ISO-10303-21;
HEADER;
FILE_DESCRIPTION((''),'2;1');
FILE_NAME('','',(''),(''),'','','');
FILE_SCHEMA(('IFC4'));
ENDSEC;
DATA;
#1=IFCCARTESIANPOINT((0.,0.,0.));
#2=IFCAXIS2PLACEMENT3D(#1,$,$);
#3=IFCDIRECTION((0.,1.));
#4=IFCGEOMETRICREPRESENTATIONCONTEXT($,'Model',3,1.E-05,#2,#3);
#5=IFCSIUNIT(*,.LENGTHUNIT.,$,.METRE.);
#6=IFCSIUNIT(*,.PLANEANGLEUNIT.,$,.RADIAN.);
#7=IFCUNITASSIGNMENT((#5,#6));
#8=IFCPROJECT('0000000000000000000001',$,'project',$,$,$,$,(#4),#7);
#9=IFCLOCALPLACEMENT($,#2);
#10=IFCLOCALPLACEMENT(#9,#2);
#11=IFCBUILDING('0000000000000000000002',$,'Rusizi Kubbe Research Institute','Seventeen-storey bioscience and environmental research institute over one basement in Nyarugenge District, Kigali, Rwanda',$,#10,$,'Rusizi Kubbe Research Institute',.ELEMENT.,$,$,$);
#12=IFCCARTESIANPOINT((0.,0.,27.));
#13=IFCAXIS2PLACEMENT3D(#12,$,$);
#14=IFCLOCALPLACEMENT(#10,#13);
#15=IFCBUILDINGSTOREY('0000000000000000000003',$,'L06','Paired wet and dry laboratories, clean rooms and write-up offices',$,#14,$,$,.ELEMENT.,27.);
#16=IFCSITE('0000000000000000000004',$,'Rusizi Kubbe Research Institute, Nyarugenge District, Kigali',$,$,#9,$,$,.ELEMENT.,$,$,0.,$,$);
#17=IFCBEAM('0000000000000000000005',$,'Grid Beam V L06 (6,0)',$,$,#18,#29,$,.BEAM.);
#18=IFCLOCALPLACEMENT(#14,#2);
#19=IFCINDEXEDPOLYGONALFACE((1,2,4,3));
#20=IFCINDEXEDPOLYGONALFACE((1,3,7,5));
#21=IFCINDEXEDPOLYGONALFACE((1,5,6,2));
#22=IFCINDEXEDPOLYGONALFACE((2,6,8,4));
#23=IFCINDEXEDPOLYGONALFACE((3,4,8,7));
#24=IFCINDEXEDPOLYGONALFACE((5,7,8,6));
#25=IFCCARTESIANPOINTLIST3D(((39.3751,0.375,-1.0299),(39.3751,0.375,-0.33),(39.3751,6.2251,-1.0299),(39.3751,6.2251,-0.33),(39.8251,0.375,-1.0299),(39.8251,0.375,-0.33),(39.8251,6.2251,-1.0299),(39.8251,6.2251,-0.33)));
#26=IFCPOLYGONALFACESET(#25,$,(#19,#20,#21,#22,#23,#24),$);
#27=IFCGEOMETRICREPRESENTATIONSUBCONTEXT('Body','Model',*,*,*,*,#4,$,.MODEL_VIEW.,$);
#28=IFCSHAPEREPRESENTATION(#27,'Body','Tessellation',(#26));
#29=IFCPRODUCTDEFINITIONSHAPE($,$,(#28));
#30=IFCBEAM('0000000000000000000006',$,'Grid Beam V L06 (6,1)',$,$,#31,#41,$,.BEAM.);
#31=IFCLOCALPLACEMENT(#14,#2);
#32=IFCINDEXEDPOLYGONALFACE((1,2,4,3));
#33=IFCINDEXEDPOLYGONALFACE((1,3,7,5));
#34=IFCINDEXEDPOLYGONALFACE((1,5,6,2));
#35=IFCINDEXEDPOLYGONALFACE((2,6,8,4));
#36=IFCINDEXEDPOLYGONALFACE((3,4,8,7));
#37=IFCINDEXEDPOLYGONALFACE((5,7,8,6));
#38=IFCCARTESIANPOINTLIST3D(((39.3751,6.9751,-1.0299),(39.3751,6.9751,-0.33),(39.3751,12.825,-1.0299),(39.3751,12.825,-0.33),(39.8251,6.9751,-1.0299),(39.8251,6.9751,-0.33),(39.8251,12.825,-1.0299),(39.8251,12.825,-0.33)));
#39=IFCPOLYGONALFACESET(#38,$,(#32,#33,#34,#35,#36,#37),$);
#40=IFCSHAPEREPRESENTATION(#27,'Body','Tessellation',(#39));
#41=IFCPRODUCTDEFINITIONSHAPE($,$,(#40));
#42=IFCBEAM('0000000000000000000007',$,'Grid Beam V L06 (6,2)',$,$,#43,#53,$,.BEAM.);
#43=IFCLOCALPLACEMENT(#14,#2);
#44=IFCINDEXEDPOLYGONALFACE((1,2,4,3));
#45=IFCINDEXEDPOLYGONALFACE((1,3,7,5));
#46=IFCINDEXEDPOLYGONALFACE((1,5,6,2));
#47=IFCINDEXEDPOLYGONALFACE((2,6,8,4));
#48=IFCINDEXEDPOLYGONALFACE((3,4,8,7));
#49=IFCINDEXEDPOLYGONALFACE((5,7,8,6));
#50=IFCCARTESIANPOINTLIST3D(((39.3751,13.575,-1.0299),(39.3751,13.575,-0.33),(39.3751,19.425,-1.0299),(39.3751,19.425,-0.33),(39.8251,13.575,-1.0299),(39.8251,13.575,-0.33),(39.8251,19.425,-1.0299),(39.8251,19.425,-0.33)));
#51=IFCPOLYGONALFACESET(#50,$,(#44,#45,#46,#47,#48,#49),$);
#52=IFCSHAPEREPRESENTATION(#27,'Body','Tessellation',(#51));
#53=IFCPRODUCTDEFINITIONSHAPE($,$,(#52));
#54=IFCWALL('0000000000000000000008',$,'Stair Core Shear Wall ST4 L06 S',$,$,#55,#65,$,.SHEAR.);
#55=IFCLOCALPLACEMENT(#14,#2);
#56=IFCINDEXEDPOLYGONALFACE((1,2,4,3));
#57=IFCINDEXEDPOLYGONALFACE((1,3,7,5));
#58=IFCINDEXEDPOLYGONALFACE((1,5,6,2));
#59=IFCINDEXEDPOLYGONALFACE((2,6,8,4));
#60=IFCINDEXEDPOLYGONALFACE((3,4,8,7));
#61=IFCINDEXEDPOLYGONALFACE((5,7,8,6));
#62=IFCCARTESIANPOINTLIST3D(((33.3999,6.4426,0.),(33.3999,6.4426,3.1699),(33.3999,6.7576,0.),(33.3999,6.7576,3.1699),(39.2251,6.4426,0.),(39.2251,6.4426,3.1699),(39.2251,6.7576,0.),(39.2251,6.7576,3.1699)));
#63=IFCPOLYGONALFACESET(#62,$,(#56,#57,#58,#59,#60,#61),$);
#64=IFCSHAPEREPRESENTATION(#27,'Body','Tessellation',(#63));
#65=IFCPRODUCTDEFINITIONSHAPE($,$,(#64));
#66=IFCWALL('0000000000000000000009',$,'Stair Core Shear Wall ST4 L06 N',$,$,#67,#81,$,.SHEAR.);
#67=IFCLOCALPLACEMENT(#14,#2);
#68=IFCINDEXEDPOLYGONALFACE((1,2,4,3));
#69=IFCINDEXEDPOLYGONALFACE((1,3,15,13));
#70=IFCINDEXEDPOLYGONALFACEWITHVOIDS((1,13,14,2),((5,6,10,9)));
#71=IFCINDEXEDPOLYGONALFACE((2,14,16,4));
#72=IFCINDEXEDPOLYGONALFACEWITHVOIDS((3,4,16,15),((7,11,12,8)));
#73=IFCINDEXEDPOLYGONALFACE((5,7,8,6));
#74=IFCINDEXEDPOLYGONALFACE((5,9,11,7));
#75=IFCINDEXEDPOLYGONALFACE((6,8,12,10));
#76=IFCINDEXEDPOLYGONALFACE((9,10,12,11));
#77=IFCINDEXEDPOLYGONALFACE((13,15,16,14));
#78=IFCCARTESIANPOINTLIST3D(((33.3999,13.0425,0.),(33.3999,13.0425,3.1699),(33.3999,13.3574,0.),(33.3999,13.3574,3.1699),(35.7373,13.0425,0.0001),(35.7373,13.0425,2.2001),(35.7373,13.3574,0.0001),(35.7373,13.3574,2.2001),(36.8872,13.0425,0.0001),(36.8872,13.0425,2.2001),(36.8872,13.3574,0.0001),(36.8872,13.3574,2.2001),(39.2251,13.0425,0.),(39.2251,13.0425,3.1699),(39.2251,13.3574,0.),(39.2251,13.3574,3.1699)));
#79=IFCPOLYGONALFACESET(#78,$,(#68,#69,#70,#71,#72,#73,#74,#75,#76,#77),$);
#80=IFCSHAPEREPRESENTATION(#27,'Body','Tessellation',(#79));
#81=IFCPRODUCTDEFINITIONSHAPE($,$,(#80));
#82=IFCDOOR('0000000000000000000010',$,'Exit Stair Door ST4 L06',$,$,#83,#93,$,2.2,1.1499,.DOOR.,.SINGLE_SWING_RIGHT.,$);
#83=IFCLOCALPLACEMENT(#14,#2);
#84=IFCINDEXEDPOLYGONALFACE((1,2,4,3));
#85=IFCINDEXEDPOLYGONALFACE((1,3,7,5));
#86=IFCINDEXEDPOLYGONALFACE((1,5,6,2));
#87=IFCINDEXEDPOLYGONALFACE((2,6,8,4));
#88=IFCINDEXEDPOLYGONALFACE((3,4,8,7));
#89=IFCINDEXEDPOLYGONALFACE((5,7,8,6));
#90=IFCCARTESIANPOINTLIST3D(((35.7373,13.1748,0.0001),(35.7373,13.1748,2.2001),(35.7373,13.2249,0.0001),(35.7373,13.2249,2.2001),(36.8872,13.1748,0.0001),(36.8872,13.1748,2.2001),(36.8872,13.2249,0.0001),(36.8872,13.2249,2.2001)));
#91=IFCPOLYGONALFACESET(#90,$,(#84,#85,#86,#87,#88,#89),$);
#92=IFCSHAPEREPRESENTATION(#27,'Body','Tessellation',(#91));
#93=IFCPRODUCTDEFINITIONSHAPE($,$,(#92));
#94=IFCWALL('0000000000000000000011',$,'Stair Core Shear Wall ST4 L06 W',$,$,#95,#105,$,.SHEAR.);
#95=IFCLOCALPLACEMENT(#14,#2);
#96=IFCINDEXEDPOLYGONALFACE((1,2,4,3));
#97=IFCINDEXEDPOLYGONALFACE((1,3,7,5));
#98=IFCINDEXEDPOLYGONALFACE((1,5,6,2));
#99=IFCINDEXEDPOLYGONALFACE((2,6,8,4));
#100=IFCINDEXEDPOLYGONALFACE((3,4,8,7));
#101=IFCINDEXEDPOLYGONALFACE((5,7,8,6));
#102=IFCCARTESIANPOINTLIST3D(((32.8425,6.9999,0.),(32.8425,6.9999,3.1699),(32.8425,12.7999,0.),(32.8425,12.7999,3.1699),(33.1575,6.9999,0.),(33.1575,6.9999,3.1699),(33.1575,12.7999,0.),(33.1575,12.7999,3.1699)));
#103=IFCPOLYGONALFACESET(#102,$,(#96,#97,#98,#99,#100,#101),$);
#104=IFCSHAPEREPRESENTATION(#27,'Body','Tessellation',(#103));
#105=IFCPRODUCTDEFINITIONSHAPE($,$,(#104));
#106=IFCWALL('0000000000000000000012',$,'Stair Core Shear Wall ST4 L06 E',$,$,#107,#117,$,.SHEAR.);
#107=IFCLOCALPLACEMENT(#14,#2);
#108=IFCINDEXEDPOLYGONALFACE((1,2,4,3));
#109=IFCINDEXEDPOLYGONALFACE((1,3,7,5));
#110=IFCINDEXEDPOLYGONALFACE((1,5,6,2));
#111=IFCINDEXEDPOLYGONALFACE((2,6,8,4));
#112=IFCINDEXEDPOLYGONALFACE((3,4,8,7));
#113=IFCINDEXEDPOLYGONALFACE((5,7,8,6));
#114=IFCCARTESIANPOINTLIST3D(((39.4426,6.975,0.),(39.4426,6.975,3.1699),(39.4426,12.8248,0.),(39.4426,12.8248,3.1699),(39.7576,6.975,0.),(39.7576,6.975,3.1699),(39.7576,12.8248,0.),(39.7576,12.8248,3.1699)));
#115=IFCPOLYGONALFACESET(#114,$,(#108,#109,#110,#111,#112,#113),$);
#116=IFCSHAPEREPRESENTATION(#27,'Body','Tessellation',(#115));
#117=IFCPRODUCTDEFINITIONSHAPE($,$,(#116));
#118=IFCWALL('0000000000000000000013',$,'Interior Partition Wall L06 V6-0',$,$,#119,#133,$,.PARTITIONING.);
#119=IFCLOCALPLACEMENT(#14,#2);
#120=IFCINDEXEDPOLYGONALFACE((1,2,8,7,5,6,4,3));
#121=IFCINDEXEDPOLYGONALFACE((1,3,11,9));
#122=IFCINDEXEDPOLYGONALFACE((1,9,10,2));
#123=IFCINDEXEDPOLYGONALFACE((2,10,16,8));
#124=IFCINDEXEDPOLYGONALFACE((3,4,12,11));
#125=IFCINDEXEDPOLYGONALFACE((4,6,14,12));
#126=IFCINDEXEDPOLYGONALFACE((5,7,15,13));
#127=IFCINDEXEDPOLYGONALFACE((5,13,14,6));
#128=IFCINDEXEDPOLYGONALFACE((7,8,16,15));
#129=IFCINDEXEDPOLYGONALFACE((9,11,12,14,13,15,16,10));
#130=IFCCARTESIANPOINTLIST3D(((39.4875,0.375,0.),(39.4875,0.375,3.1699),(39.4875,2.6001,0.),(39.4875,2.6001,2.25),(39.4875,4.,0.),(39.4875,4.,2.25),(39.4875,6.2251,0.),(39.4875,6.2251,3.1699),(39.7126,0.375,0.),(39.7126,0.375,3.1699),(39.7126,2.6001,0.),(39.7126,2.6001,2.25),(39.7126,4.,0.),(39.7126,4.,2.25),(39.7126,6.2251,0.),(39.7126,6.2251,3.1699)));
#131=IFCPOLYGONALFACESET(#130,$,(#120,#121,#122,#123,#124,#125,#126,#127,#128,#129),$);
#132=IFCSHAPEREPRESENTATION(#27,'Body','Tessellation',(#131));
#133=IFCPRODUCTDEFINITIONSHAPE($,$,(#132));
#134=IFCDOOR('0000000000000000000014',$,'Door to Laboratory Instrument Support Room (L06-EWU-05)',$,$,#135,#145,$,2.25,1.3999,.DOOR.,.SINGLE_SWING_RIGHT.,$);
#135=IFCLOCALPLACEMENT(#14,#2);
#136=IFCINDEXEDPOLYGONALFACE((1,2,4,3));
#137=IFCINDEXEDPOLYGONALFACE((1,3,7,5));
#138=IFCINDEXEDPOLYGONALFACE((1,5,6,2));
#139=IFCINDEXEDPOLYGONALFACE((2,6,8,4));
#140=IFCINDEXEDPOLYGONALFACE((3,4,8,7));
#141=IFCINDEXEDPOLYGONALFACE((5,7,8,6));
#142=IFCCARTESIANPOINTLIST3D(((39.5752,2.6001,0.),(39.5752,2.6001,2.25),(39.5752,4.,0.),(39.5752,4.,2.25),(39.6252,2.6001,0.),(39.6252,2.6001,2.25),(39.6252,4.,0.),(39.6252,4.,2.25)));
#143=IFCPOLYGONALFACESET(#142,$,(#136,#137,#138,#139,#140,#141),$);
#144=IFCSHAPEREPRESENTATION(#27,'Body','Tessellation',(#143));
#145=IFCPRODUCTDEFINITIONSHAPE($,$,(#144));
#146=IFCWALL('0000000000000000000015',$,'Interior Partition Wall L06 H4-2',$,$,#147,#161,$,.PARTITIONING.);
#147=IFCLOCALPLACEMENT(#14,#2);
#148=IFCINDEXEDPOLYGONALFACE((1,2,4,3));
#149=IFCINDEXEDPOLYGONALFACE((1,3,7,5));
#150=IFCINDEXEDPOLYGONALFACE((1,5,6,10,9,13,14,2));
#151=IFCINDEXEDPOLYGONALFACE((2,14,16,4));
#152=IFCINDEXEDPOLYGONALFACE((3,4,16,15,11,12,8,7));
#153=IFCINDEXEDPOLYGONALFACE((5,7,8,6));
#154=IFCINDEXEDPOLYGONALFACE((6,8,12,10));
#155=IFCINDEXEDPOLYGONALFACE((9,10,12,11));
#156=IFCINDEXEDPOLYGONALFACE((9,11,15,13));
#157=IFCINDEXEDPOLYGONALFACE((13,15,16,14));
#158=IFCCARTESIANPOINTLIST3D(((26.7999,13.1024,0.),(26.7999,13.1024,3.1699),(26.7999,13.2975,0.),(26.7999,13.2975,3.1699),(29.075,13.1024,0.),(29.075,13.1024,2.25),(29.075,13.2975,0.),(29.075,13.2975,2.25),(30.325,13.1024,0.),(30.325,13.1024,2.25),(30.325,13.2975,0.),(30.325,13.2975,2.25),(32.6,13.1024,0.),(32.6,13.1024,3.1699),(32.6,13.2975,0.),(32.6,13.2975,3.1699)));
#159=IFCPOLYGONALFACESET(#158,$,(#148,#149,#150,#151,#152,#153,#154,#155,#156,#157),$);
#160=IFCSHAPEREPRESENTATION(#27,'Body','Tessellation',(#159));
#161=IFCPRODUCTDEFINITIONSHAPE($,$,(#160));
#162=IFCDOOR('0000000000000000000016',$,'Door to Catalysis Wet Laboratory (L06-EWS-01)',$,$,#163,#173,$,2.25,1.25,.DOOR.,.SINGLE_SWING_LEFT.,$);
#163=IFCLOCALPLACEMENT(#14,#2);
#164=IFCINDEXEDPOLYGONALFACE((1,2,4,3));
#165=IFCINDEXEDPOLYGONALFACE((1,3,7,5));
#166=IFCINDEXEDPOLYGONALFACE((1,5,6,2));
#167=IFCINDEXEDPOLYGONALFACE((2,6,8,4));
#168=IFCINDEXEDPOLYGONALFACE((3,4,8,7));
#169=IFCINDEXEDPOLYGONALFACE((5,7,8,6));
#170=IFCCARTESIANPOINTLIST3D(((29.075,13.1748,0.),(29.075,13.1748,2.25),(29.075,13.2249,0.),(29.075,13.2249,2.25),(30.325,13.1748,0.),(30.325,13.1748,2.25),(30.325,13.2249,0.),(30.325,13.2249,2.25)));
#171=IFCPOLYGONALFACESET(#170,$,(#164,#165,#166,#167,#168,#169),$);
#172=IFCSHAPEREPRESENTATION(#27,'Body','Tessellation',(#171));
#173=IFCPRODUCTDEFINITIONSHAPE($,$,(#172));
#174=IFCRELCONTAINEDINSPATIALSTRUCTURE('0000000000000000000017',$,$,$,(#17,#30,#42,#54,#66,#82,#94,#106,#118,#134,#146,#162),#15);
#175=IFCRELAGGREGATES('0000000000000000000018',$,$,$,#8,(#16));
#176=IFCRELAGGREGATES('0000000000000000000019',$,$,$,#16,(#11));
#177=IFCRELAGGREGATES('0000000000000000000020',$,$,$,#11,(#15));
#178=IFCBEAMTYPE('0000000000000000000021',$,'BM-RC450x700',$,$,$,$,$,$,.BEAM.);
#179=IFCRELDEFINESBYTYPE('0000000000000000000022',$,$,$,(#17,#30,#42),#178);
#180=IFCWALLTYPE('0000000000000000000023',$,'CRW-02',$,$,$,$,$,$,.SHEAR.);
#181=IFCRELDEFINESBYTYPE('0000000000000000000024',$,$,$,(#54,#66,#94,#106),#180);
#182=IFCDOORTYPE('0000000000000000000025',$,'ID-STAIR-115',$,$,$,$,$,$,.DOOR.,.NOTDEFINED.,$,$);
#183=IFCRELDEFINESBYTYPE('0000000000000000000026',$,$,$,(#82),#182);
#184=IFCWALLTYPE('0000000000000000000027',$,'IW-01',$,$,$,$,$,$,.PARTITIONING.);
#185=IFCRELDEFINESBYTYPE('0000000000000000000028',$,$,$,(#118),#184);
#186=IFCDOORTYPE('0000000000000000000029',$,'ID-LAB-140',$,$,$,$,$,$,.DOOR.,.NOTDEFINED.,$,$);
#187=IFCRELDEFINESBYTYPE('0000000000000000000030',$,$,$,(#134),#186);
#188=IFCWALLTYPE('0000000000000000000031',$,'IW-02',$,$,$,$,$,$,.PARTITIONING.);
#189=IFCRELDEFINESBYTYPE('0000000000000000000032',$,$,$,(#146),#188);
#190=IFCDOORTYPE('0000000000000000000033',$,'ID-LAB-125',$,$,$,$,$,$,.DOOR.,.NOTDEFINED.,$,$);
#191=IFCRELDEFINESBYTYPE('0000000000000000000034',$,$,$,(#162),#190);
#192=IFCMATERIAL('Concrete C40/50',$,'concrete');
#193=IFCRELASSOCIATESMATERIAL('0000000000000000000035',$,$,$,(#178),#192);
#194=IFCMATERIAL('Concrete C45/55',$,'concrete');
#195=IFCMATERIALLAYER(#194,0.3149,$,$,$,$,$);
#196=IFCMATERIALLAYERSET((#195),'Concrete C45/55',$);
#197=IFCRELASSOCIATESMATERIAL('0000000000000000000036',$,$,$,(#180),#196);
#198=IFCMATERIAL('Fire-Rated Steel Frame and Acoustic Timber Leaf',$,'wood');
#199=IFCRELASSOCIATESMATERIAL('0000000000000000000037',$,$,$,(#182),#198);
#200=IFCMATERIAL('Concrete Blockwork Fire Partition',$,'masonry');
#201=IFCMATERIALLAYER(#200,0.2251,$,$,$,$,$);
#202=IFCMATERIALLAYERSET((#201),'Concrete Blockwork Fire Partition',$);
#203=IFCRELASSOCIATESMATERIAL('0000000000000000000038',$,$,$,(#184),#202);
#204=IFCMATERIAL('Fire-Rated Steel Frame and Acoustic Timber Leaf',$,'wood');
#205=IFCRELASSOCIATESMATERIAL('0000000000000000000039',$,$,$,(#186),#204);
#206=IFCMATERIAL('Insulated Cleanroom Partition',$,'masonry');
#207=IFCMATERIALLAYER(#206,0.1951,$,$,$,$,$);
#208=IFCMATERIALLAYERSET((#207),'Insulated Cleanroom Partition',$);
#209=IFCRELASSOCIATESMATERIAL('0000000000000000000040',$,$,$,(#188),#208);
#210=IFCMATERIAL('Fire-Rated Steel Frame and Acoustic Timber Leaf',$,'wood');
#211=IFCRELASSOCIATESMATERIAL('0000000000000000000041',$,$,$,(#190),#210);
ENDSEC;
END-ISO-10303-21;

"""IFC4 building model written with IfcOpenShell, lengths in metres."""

from ifc_helpers import new_model, si_unit, direction, frame, frame_2d, origin, origin_2d, place, context, subcontext, project, spatial, rectangle, extrude, material, layer, layer_set, material_profile, profile_set, type_object, element, fill, save


model = new_model("IFC4")

# Units and contexts
model_context = context("Model", 3, precision=1e-05, world=origin(), true_north=direction((0.0, 1.0)))
body_context = subcontext(model_context, "Body", "Model", "MODEL_VIEW")
ifc_project = project(units=[si_unit("LENGTHUNIT", "METRE"), si_unit("PLANEANGLEUNIT", "RADIAN")], contexts=[model_context])

# Site, building, storey
site_placement = place(None, origin())
site = spatial("IfcSite", under=ifc_project, at=site_placement, Name="Rusizi Kubbe Research Institute, Nyarugenge District, Kigali", CompositionType="ELEMENT", RefElevation=0.0)
building_placement = place(site_placement, origin())
building = spatial("IfcBuilding", under=site, at=building_placement, Name="Rusizi Kubbe Research Institute", Description="Seventeen-storey bioscience and environmental research institute over one basement in Nyarugenge District, Kigali, Rwanda", LongName="Rusizi Kubbe Research Institute", CompositionType="ELEMENT")
storey_placement = place(building_placement, frame((0.0, 0.0, 27.0)))
storey = spatial("IfcBuildingStorey", under=building, at=storey_placement, Name="L06", Description="Paired wet and dry laboratories, clean rooms and write-up offices", CompositionType="ELEMENT", Elevation=27.0)

# Beams
ifc_material_1 = material(Name="Concrete C40/50", Category="concrete")
ifc_material_profile_1 = material_profile(ifc_material_1, rectangle(XDim=0.45, YDim=0.7, at=origin_2d()), Name="RC450x700B")
ifc_profile_set_1 = profile_set([ifc_material_profile_1], Name="Concrete C40/50")
beam_type_1 = type_object("IfcBeamType", Name="BM-RC450x700", PredefinedType="BEAM", material=ifc_profile_set_1)
beam_1_placement = place(storey_placement, frame((39.6001, 0.375, -0.6799), z_axis=(0.0, 1.0, 0.0), x_axis=(-1.0, 0.0, 0.0)))
element("IfcBeam", 1, at=beam_1_placement, inside=storey, type_object=beam_type_1, Name="Grid Beam V L06 (6,0)", PredefinedType="BEAM", context=body_context, shape_type="SweptSolid", body=[
    extrude(rectangle(XDim=0.45, YDim=0.7, at=origin_2d()), origin(), (0.0, 0.0, 1.0), 5.8501),
])
beam_2_placement = place(storey_placement, frame((39.6001, 6.9751, -0.6799), z_axis=(0.0, 1.0, 0.0), x_axis=(-1.0, 0.0, 0.0)))
element("IfcBeam", 2, at=beam_2_placement, inside=storey, type_object=beam_type_1, Name="Grid Beam V L06 (6,1)", PredefinedType="BEAM", context=body_context, shape_type="SweptSolid", body=[
    extrude(rectangle(XDim=0.45, YDim=0.7, at=origin_2d()), origin(), (0.0, 0.0, 1.0), 5.8499),
])
beam_3_placement = place(storey_placement, frame((39.6001, 13.575, -0.6799), z_axis=(0.0, 1.0, 0.0), x_axis=(-1.0, 0.0, 0.0)))
element("IfcBeam", 3, at=beam_3_placement, inside=storey, type_object=beam_type_1, Name="Grid Beam V L06 (6,2)", PredefinedType="BEAM", context=body_context, shape_type="SweptSolid", body=[
    extrude(rectangle(XDim=0.45, YDim=0.7, at=origin_2d()), origin(), (0.0, 0.0, 1.0), 5.8501),
])

# Wall
ifc_material_2 = material(Name="Concrete C45/55", Category="concrete")
ifc_layer_1 = layer(ifc_material_2, 0.3149)
ifc_layer_set_1 = layer_set([ifc_layer_1], Name="Concrete C45/55")
wall_type_1 = type_object("IfcWallType", Name="CRW-02", PredefinedType="SHEAR", material=ifc_layer_set_1)
wall_1_placement = place(storey_placement, frame((33.3999, 6.6001, 0.0), z_axis=(0.0, 0.0, 1.0), x_axis=(1.0, 0.0, 0.0)))
element("IfcWall", 4, at=wall_1_placement, inside=storey, type_object=wall_type_1, Name="Stair Core Shear Wall ST4 L06 S", PredefinedType="SHEAR", context=body_context, shape_type="SweptSolid", body=[
    extrude(rectangle(XDim=5.8252, YDim=0.3149, at=frame_2d((2.9126, 0.0))), origin(), (0.0, 0.0, 1.0), 3.1699),
])

# Wall, opening, door
wall_2_placement = place(storey_placement, frame((33.3999, 13.2, 0.0), z_axis=(0.0, 0.0, 1.0), x_axis=(1.0, 0.0, 0.0)))
wall_2 = element("IfcWall", 5, at=wall_2_placement, inside=storey, type_object=wall_type_1, Name="Stair Core Shear Wall ST4 L06 N", PredefinedType="SHEAR", context=body_context, shape_type="SweptSolid", body=[
    extrude(rectangle(XDim=5.8252, YDim=0.3149, at=frame_2d((2.9126, 0.0))), origin(), (0.0, 0.0, 1.0), 3.1699),
])
opening_1_placement = place(wall_2_placement, frame((2.3374, 0.0, 0.0)))
opening_1 = element("IfcOpeningElement", 6, at=opening_1_placement, cuts=wall_2, PredefinedType="OPENING", context=body_context, shape_type="SweptSolid", body=[
    extrude(rectangle(XDim=1.1499, YDim=2.2, at=frame_2d((0.575, 1.1001))), frame((0.0, 0.1675, 0.0), z_axis=(0.0, -1.0, 0.0), x_axis=(1.0, 0.0, 0.0)), (0.0, 0.0, 1.0), 0.335),
])
ifc_material_3 = material(Name="Fire-Rated Steel Frame and Acoustic Timber Leaf", Category="wood")
door_type_1 = type_object("IfcDoorType", Name="ID-STAIR-115", OperationType="NOTDEFINED", PredefinedType="DOOR", material=ifc_material_3)
door_1_placement = place(opening_1_placement, origin())
door_1 = element("IfcDoor", 7, at=door_1_placement, inside=storey, type_object=door_type_1, Name="Exit Stair Door ST4 L06", OperationType="SINGLE_SWING_RIGHT", OverallHeight=2.2, OverallWidth=1.1499, PredefinedType="DOOR", context=body_context, shape_type="SweptSolid", body=[
    extrude(rectangle(XDim=1.1499, YDim=2.2, at=frame_2d((0.575, 1.1001))), frame((0.0, 0.0249, 0.0), z_axis=(0.0, -1.0, 0.0), x_axis=(1.0, 0.0, 0.0)), (0.0, 0.0, 1.0), 0.05),
])
fill(opening_1, door_1)

# Walls
wall_3_placement = place(storey_placement, frame((33.0, 7.0, 0.0), z_axis=(0.0, 0.0, 1.0), x_axis=(0.0, 1.0, 0.0)))
element("IfcWall", 8, at=wall_3_placement, inside=storey, type_object=wall_type_1, Name="Stair Core Shear Wall ST4 L06 W", PredefinedType="SHEAR", context=body_context, shape_type="SweptSolid", body=[
    extrude(rectangle(XDim=5.8, YDim=0.3149, at=frame_2d((2.8999, 0.0))), origin(), (0.0, 0.0, 1.0), 3.1699),
])
wall_4_placement = place(storey_placement, frame((39.6001, 6.9751, 0.0), z_axis=(0.0, 0.0, 1.0), x_axis=(0.0, 1.0, 0.0)))
element("IfcWall", 9, at=wall_4_placement, inside=storey, type_object=wall_type_1, Name="Stair Core Shear Wall ST4 L06 E", PredefinedType="SHEAR", context=body_context, shape_type="SweptSolid", body=[
    extrude(rectangle(XDim=5.8499, YDim=0.3149, at=frame_2d((2.9248, 0.0))), origin(), (0.0, 0.0, 1.0), 3.1699),
])

# Walls, openings, doors
ifc_material_4 = material(Name="Concrete Blockwork Fire Partition", Category="masonry")
ifc_layer_2 = layer(ifc_material_4, 0.2251)
ifc_layer_set_2 = layer_set([ifc_layer_2], Name="Concrete Blockwork Fire Partition")
wall_type_2 = type_object("IfcWallType", Name="IW-01", PredefinedType="PARTITIONING", material=ifc_layer_set_2)
wall_5_placement = place(storey_placement, frame((39.6001, 0.375, 0.0), z_axis=(0.0, 0.0, 1.0), x_axis=(0.0, 1.0, 0.0)))
wall_5 = element("IfcWall", 10, at=wall_5_placement, inside=storey, type_object=wall_type_2, Name="Interior Partition Wall L06 V6-0", PredefinedType="PARTITIONING", context=body_context, shape_type="SweptSolid", body=[
    extrude(rectangle(XDim=5.8501, YDim=0.2251, at=frame_2d((2.925, 0.0))), origin(), (0.0, 0.0, 1.0), 3.1699),
])
opening_2_placement = place(wall_5_placement, frame((2.2251, 0.0, 0.0)))
opening_2 = element("IfcOpeningElement", 11, at=opening_2_placement, cuts=wall_5, PredefinedType="OPENING", context=body_context, shape_type="SweptSolid", body=[
    extrude(rectangle(XDim=1.3999, YDim=2.25, at=frame_2d((0.7, 1.125))), frame((0.0, 0.1226, 0.0), z_axis=(0.0, -1.0, 0.0), x_axis=(1.0, 0.0, 0.0)), (0.0, 0.0, 1.0), 0.2451),
])
ifc_material_5 = material(Name="Fire-Rated Steel Frame and Acoustic Timber Leaf", Category="wood")
door_type_2 = type_object("IfcDoorType", Name="ID-LAB-140", OperationType="NOTDEFINED", PredefinedType="DOOR", material=ifc_material_5)
door_2_placement = place(opening_2_placement, origin())
door_2 = element("IfcDoor", 12, at=door_2_placement, inside=storey, type_object=door_type_2, Name="Door to Laboratory Instrument Support Room (L06-EWU-05)", OperationType="SINGLE_SWING_RIGHT", OverallHeight=2.25, OverallWidth=1.3999, PredefinedType="DOOR", context=body_context, shape_type="SweptSolid", body=[
    extrude(rectangle(XDim=1.3999, YDim=2.25, at=frame_2d((0.7, 1.125))), frame((0.0, 0.0249, 0.0), z_axis=(0.0, -1.0, 0.0), x_axis=(1.0, 0.0, 0.0)), (0.0, 0.0, 1.0), 0.05),
])
fill(opening_2, door_2)
ifc_material_6 = material(Name="Insulated Cleanroom Partition", Category="masonry")
ifc_layer_3 = layer(ifc_material_6, 0.1951)
ifc_layer_set_3 = layer_set([ifc_layer_3], Name="Insulated Cleanroom Partition")
wall_type_3 = type_object("IfcWallType", Name="IW-02", PredefinedType="PARTITIONING", material=ifc_layer_set_3)
wall_6_placement = place(storey_placement, frame((26.8, 13.2, 0.0), z_axis=(0.0, 0.0, 1.0), x_axis=(1.0, 0.0, 0.0)))
wall_6 = element("IfcWall", 13, at=wall_6_placement, inside=storey, type_object=wall_type_3, Name="Interior Partition Wall L06 H4-2", PredefinedType="PARTITIONING", context=body_context, shape_type="SweptSolid", body=[
    extrude(rectangle(XDim=5.8, YDim=0.1951, at=frame_2d((2.8999, 0.0))), origin(), (0.0, 0.0, 1.0), 3.1699),
])
opening_3_placement = place(wall_6_placement, frame((2.2749, 0.0, 0.0)))
opening_3 = element("IfcOpeningElement", 14, at=opening_3_placement, cuts=wall_6, PredefinedType="OPENING", context=body_context, shape_type="SweptSolid", body=[
    extrude(rectangle(XDim=1.25, YDim=2.25, at=frame_2d((0.625, 1.125))), frame((0.0, 0.1074, 0.0), z_axis=(0.0, -1.0, 0.0), x_axis=(1.0, 0.0, 0.0)), (0.0, 0.0, 1.0), 0.2151),
])
ifc_material_7 = material(Name="Fire-Rated Steel Frame and Acoustic Timber Leaf", Category="wood")
door_type_3 = type_object("IfcDoorType", Name="ID-LAB-125", OperationType="NOTDEFINED", PredefinedType="DOOR", material=ifc_material_7)
door_3_placement = place(opening_3_placement, origin())
door_3 = element("IfcDoor", 15, at=door_3_placement, inside=storey, type_object=door_type_3, Name="Door to Catalysis Wet Laboratory (L06-EWS-01)", OperationType="SINGLE_SWING_LEFT", OverallHeight=2.25, OverallWidth=1.25, PredefinedType="DOOR", context=body_context, shape_type="SweptSolid", body=[
    extrude(rectangle(XDim=1.25, YDim=2.25, at=frame_2d((0.625, 1.125))), frame((0.0, 0.0249, 0.0), z_axis=(0.0, -1.0, 0.0), x_axis=(1.0, 0.0, 0.0)), (0.0, 0.0, 1.0), 0.05),
])
fill(opening_3, door_3)

save(model, "model.ifc")
